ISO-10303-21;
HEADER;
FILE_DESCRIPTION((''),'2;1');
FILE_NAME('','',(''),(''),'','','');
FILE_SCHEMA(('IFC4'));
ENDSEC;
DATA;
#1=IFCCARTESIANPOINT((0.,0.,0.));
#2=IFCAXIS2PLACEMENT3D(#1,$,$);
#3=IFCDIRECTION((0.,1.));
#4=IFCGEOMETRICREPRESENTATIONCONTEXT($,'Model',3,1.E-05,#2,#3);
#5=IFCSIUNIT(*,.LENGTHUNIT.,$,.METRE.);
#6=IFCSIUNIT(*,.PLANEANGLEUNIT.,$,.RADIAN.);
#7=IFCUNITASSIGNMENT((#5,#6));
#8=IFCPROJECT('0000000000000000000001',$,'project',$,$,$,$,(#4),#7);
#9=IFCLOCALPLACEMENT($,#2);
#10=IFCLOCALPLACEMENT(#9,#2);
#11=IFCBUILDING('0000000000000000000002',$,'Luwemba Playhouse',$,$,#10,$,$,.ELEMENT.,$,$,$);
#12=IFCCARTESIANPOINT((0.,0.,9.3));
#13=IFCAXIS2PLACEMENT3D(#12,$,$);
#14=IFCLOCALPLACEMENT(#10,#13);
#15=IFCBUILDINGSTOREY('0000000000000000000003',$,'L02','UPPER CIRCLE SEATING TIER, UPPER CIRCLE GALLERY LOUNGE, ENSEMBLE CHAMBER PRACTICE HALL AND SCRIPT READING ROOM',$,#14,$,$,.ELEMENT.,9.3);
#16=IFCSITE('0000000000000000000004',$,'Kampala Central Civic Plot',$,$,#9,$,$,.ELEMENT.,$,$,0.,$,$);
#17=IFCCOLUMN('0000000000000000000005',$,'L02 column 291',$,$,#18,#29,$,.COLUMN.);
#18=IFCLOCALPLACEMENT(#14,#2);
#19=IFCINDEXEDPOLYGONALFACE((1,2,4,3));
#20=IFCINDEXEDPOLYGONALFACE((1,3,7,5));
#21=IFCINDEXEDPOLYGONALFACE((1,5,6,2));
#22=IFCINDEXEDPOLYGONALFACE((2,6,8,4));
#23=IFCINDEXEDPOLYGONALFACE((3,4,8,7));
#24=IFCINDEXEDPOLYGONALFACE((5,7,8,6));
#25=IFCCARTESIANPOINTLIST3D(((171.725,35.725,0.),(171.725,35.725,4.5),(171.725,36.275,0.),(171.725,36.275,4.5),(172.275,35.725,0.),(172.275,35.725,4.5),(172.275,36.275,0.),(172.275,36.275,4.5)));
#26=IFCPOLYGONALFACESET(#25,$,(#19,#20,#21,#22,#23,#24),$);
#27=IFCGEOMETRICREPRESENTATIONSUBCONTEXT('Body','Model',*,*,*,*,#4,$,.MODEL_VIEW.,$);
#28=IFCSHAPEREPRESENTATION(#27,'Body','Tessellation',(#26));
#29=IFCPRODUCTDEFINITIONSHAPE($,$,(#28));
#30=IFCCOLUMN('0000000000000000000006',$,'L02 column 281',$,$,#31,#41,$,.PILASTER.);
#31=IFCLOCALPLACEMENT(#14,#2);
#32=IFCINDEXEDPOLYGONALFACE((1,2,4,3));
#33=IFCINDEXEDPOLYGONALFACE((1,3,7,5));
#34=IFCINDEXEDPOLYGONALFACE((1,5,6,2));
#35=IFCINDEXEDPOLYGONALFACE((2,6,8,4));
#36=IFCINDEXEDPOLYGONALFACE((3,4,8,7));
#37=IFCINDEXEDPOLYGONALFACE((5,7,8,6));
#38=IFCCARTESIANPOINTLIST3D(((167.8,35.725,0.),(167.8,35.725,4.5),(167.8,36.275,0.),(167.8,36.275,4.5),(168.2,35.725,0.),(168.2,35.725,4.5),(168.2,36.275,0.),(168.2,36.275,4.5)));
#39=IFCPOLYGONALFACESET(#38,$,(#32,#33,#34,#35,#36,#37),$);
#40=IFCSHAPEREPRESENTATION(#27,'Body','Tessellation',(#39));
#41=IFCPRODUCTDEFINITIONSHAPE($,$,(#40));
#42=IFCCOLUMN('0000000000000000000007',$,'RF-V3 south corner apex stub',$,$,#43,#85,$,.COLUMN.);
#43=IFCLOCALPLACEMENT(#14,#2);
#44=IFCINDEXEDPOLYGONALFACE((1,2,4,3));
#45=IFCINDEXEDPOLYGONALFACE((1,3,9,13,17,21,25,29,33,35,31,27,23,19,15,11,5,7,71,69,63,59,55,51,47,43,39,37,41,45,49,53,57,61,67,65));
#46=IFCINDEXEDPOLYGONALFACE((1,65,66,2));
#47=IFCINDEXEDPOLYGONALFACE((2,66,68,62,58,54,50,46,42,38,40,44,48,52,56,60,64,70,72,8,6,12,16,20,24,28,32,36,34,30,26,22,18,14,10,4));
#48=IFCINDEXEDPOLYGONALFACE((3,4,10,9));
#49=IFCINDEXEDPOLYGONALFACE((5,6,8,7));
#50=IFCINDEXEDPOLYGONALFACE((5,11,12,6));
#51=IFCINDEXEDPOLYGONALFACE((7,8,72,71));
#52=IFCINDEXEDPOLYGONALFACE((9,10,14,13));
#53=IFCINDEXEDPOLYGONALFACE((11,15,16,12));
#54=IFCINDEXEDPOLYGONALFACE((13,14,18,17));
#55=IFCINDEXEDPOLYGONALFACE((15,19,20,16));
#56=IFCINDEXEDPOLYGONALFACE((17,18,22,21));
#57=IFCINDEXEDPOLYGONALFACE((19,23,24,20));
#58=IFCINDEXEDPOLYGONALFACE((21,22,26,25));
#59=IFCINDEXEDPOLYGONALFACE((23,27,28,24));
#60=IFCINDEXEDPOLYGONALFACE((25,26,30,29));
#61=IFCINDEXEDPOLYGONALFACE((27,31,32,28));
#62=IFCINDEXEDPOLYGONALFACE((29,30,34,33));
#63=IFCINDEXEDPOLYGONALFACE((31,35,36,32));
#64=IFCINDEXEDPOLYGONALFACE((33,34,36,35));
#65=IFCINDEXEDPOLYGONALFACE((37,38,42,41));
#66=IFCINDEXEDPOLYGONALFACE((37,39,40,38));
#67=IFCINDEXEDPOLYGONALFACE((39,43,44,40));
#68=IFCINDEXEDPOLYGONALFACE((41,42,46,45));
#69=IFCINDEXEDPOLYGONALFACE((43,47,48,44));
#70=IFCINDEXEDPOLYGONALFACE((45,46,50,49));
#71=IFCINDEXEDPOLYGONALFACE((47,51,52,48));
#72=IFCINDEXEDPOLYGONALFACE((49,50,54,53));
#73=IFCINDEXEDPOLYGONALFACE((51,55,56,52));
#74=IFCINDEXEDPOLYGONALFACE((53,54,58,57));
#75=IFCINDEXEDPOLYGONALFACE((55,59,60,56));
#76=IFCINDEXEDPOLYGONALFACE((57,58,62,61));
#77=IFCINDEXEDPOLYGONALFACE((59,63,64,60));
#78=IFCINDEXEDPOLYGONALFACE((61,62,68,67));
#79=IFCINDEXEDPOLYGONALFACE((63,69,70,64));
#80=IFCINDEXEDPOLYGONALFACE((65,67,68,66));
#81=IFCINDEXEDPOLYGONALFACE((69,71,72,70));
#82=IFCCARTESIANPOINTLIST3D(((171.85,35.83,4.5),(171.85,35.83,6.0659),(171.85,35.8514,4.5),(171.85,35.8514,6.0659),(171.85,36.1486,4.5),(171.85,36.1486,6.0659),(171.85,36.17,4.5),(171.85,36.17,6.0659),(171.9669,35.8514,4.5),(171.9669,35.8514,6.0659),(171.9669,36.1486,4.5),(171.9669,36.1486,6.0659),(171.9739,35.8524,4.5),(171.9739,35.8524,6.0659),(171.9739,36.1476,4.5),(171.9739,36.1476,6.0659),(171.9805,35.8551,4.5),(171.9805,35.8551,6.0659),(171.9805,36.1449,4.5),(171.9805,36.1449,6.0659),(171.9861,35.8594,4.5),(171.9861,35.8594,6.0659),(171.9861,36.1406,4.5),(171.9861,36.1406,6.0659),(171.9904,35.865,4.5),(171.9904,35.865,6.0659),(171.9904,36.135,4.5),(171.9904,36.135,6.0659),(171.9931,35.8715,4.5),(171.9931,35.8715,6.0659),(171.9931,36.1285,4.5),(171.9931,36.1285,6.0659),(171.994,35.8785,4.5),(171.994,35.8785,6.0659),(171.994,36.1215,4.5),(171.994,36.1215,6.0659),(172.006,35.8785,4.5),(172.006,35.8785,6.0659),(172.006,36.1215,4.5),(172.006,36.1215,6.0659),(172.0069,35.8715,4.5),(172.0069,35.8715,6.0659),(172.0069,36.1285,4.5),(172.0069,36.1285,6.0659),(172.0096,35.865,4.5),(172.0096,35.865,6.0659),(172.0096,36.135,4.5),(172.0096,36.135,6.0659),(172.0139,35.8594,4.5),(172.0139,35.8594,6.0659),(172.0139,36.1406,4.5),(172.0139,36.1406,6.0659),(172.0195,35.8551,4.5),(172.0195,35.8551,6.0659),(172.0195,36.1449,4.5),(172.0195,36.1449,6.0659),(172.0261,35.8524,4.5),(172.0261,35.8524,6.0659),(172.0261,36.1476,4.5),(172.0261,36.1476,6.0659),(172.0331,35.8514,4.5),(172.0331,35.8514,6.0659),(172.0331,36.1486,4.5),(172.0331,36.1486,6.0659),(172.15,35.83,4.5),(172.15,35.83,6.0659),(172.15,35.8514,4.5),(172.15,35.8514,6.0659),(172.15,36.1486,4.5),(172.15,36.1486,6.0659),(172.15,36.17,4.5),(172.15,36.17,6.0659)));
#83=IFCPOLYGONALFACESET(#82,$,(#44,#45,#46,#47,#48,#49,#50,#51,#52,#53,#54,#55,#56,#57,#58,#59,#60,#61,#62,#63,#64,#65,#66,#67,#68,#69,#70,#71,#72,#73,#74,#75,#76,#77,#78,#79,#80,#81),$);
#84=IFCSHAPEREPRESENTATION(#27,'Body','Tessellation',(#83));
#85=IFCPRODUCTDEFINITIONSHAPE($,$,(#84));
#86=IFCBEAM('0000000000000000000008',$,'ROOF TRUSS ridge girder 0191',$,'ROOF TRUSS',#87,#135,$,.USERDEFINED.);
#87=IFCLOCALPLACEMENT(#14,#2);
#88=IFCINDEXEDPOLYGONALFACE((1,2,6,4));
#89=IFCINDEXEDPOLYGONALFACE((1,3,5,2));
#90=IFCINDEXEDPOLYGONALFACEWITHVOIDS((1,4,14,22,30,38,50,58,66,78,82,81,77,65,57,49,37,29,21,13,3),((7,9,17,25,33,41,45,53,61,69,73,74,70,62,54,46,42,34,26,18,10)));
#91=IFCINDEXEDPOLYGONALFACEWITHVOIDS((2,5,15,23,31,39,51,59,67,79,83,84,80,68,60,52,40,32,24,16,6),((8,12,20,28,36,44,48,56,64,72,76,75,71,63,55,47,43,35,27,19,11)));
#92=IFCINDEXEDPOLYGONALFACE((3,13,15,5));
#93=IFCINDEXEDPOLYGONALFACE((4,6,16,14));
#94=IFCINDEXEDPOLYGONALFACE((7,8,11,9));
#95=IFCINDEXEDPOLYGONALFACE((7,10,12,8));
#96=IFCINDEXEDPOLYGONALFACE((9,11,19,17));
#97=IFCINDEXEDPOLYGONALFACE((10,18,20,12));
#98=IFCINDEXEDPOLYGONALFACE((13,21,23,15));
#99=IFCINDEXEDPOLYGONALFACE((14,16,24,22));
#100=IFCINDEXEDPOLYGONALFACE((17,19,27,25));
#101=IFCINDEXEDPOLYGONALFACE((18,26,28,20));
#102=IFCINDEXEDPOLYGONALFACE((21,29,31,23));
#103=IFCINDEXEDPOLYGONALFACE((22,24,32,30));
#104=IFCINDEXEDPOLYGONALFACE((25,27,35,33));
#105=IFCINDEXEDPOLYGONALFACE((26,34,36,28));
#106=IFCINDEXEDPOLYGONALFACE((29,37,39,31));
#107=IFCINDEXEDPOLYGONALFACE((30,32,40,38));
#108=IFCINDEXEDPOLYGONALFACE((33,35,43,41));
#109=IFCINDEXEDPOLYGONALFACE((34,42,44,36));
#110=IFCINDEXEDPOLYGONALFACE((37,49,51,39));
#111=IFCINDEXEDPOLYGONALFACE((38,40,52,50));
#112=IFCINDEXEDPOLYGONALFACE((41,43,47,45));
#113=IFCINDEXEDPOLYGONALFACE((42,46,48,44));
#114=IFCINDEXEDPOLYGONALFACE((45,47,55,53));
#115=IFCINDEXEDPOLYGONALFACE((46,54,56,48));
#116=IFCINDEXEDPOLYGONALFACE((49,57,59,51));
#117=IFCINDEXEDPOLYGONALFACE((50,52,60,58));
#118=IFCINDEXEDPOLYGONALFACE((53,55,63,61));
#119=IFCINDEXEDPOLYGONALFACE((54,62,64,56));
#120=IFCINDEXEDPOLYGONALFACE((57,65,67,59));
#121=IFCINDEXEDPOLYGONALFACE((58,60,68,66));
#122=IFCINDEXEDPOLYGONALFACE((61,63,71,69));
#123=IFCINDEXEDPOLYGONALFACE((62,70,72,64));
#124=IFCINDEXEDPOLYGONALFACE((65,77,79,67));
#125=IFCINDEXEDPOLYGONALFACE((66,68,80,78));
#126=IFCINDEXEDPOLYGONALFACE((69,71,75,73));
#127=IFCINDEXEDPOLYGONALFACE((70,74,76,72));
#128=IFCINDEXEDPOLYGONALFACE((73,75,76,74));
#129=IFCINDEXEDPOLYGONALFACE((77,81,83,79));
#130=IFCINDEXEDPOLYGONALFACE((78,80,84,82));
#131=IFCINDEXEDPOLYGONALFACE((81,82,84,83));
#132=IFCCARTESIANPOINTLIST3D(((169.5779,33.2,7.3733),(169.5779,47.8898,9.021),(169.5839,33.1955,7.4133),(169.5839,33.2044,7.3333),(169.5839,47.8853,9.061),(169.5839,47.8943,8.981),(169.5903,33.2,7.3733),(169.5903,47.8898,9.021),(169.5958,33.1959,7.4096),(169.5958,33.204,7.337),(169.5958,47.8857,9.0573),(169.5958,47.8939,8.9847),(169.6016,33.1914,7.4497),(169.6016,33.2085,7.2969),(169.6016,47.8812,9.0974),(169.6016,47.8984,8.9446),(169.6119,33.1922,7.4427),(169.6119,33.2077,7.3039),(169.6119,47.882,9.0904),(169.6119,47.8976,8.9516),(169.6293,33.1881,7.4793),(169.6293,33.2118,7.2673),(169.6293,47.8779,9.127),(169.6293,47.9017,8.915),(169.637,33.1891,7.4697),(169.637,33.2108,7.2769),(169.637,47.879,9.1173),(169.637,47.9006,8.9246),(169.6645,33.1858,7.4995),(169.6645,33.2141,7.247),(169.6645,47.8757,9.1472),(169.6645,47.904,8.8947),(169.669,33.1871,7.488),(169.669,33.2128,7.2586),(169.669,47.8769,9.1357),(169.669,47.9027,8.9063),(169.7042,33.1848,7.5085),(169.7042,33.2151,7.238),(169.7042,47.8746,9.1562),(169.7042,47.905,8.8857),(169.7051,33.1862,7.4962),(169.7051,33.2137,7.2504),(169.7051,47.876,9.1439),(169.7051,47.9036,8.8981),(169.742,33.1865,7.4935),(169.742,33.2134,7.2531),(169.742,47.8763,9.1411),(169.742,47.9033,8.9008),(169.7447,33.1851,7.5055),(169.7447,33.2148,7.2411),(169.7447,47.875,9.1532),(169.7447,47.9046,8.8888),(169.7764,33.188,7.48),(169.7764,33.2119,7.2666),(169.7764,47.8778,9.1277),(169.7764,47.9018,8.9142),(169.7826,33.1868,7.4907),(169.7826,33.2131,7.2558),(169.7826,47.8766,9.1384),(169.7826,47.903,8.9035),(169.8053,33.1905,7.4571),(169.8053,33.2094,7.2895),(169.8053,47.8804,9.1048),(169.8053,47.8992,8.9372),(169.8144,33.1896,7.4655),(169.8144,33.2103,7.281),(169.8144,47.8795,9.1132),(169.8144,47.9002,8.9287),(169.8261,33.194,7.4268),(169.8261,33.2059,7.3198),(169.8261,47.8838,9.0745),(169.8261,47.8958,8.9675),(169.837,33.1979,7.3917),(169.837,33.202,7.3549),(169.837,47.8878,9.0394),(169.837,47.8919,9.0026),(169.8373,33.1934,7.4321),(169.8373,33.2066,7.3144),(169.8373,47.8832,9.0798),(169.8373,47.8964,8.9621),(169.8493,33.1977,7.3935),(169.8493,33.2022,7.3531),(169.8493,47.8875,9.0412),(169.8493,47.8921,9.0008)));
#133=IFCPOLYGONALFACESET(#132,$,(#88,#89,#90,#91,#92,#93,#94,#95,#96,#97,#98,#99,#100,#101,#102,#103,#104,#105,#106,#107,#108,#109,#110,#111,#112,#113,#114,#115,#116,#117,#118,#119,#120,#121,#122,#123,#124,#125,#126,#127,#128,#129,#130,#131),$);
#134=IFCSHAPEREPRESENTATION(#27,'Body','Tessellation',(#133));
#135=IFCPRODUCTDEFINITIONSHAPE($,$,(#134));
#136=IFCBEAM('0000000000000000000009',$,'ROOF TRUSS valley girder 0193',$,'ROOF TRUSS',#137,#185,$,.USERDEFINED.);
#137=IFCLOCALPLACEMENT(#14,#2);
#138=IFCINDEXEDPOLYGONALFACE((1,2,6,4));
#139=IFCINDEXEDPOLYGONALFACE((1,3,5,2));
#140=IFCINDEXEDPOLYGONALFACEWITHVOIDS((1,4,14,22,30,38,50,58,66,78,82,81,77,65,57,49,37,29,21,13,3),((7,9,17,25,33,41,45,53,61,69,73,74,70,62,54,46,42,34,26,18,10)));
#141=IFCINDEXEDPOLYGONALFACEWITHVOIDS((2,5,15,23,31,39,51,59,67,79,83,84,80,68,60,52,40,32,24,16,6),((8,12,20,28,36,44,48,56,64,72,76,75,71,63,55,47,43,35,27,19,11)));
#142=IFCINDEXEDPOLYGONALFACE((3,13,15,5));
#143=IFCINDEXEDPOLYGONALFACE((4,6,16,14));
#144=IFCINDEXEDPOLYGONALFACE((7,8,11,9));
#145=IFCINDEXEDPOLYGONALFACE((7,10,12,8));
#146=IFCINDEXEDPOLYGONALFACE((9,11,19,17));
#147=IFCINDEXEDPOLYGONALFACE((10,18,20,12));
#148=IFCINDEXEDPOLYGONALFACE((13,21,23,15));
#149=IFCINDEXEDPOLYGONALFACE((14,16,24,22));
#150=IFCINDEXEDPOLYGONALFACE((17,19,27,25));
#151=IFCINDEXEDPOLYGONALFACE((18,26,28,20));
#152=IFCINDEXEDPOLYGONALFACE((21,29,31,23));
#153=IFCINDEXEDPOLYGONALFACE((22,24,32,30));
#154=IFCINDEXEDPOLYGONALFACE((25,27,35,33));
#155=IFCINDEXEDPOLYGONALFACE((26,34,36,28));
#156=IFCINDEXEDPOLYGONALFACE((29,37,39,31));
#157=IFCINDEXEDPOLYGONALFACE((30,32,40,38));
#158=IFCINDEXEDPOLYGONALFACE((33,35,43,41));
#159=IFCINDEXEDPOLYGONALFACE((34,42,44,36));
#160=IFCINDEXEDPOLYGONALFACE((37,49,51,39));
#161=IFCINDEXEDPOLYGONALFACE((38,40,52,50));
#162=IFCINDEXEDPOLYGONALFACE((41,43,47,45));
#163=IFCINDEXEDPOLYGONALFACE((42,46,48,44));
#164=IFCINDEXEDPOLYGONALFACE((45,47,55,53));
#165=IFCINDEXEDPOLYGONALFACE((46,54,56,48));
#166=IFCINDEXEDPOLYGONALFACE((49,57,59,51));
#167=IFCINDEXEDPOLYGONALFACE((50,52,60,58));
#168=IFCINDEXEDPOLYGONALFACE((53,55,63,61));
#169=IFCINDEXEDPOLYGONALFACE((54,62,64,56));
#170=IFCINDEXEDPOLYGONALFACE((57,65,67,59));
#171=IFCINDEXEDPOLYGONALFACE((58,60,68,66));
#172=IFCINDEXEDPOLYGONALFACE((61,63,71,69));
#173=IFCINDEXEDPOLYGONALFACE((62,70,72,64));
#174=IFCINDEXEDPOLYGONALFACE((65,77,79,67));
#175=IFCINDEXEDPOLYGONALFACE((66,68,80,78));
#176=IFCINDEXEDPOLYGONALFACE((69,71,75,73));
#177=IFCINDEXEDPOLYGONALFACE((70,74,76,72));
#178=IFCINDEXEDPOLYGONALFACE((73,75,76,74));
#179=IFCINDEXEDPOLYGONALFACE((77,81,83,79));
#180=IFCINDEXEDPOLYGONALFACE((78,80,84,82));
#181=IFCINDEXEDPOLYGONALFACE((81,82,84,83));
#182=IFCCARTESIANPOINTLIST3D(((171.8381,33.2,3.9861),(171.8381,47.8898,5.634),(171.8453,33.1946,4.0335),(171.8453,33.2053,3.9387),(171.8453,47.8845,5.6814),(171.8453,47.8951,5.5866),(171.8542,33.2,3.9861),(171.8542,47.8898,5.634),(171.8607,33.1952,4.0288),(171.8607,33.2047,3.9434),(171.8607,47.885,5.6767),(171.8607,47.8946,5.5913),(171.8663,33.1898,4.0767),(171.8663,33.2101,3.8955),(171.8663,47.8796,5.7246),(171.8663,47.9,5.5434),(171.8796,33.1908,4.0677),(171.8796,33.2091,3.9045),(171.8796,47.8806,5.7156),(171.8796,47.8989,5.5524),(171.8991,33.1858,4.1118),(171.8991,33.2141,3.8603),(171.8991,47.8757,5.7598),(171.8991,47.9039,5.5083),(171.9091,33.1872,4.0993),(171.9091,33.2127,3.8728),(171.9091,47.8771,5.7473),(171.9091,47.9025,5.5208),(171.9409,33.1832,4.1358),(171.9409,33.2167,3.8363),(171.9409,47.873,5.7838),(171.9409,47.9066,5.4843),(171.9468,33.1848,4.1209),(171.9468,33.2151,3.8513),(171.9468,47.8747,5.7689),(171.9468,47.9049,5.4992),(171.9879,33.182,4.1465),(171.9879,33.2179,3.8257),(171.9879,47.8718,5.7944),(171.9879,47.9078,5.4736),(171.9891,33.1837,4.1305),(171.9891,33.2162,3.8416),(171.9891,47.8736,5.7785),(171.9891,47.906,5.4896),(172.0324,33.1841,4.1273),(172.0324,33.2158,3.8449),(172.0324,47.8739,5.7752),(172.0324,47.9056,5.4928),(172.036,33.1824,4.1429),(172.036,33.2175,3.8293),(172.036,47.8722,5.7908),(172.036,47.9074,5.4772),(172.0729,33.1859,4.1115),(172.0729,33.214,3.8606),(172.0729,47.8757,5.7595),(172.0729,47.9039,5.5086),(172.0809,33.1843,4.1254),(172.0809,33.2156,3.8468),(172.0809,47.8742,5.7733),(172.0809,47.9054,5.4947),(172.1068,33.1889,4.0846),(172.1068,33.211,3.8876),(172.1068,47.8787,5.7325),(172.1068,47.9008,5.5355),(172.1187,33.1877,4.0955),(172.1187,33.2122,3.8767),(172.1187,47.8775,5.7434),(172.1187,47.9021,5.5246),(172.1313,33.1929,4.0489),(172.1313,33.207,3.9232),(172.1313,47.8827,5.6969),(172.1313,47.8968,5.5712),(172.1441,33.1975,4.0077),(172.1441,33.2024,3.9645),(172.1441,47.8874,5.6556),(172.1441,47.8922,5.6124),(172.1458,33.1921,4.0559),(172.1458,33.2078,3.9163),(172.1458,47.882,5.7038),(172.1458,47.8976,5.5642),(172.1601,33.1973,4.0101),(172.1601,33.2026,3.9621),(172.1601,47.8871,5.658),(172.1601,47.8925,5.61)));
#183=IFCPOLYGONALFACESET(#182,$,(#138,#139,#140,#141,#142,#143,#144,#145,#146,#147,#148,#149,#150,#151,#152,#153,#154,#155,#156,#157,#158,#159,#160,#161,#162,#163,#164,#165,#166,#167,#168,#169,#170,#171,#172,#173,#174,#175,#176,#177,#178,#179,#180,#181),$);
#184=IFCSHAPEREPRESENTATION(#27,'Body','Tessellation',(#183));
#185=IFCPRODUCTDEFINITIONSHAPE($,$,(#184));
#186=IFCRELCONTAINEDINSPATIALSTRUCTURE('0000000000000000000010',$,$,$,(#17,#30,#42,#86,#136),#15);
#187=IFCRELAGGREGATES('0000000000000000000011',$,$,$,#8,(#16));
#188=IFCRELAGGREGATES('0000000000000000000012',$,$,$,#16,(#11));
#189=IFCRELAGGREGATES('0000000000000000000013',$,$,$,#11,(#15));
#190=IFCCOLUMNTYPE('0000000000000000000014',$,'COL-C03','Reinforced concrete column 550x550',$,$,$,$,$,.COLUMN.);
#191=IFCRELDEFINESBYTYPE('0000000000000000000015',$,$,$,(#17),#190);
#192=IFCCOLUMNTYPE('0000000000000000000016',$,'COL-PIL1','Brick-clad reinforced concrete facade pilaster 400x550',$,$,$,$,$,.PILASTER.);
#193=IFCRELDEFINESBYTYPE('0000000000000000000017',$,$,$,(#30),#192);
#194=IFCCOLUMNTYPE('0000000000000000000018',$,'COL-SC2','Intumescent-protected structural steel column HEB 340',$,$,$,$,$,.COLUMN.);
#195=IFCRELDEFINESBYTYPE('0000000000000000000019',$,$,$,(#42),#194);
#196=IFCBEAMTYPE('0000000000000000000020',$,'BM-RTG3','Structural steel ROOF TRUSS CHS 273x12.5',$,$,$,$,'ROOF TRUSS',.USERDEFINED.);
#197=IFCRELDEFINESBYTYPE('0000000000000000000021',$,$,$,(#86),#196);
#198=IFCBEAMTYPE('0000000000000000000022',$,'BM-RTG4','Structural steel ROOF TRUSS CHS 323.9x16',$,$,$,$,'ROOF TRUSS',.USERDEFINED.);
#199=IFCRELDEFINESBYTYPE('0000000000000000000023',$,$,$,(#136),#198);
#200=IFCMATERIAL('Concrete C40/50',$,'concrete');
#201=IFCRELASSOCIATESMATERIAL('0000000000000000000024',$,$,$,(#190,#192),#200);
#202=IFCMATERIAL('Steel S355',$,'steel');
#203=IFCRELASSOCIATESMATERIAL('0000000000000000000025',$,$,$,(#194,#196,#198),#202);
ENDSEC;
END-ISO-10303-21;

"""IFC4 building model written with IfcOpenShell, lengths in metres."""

from ifc_helpers import new_model, si_unit, direction, frame, origin, origin_2d, place, context, subcontext, project, spatial, rectangle, hollow_circle, i_section, extrude, material, material_profile, profile_set, type_object, element, save


model = new_model("IFC4")

# Units and contexts
model_context = context("Model", 3, precision=1e-05, world=origin(), true_north=direction((0.0, 1.0)))
body_context = subcontext(model_context, "Body", "Model", "MODEL_VIEW")
ifc_project = project(units=[si_unit("LENGTHUNIT", "METRE"), si_unit("PLANEANGLEUNIT", "RADIAN")], contexts=[model_context])

# Site, building, storey
site_placement = place(None, origin())
site = spatial("IfcSite", under=ifc_project, at=site_placement, Name="Kampala Central Civic Plot", CompositionType="ELEMENT", RefElevation=0.0)
building_placement = place(site_placement, origin())
building = spatial("IfcBuilding", under=site, at=building_placement, Name="Luwemba Playhouse", CompositionType="ELEMENT")
storey_placement = place(building_placement, frame((0.0, 0.0, 9.3)))
storey = spatial("IfcBuildingStorey", under=building, at=storey_placement, Name="L02", Description="UPPER CIRCLE SEATING TIER, UPPER CIRCLE GALLERY LOUNGE, ENSEMBLE CHAMBER PRACTICE HALL AND SCRIPT READING ROOM", CompositionType="ELEMENT", Elevation=9.3)

# Columns
ifc_material_1 = material(Name="Concrete C40/50", Category="concrete")
ifc_material_profile_1 = material_profile(ifc_material_1, rectangle(XDim=0.55, YDim=0.55, at=origin_2d()))
ifc_profile_set_1 = profile_set([ifc_material_profile_1], Name="Concrete C40/50")
column_type_1 = type_object("IfcColumnType", Name="COL-C03", Description="Reinforced concrete column 550x550", PredefinedType="COLUMN", material=ifc_profile_set_1)
column_1_placement = place(storey_placement, frame((172.0, 36.0, 0.0), z_axis=(0.0, 0.0, 1.0), x_axis=(1.0, 0.0, 0.0)))
element("IfcColumn", 1, at=column_1_placement, inside=storey, type_object=column_type_1, Name="L02 column 291", PredefinedType="COLUMN", context=body_context, shape_type="SweptSolid", body=[
    extrude(rectangle(XDim=0.55, YDim=0.55, at=origin_2d()), origin(), (0.0, 0.0, 1.0), 4.5),
])
ifc_material_profile_2 = material_profile(ifc_material_1, rectangle(XDim=0.3999, YDim=0.55, at=origin_2d()))
ifc_profile_set_2 = profile_set([ifc_material_profile_2], Name="Concrete C40/50")
column_type_2 = type_object("IfcColumnType", Name="COL-PIL1", Description="Brick-clad reinforced concrete facade pilaster 400x550", PredefinedType="PILASTER", material=ifc_profile_set_2)
column_2_placement = place(storey_placement, frame((168.0, 36.0, 0.0), z_axis=(0.0, 0.0, 1.0), x_axis=(1.0, 0.0, 0.0)))
element("IfcColumn", 2, at=column_2_placement, inside=storey, type_object=column_type_2, Name="L02 column 281", PredefinedType="PILASTER", context=body_context, shape_type="SweptSolid", body=[
    extrude(rectangle(XDim=0.3999, YDim=0.55, at=origin_2d()), origin(), (0.0, 0.0, 1.0), 4.5),
])
ifc_material_2 = material(Name="Steel S355", Category="steel")
ifc_material_profile_3 = material_profile(ifc_material_2, i_section(OverallWidth=0.3, OverallDepth=0.3401, WebThickness=0.012, FlangeThickness=0.0215, FilletRadius=0.0271, at=origin_2d()))
ifc_profile_set_3 = profile_set([ifc_material_profile_3], Name="Steel S355")
column_type_3 = type_object("IfcColumnType", Name="COL-SC2", Description="Intumescent-protected structural steel column HEB 340", PredefinedType="COLUMN", material=ifc_profile_set_3)
column_3_placement = place(storey_placement, frame((172.0, 36.0, 4.5), z_axis=(0.0, 0.0, 1.0), x_axis=(1.0, 0.0, 0.0)))
element("IfcColumn", 3, at=column_3_placement, inside=storey, type_object=column_type_3, Name="RF-V3 south corner apex stub", PredefinedType="COLUMN", context=body_context, shape_type="SweptSolid", body=[
    extrude(i_section(OverallWidth=0.3, OverallDepth=0.3401, WebThickness=0.012, FlangeThickness=0.0215, FilletRadius=0.0271, at=origin_2d()), origin(), (0.0, 0.0, 1.0), 1.5659),
])

# Beams
ifc_material_profile_4 = material_profile(ifc_material_2, hollow_circle(Radius=0.1365, WallThickness=0.0125, at=origin_2d()))
ifc_profile_set_4 = profile_set([ifc_material_profile_4], Name="Steel S355")
beam_type_1 = type_object("IfcBeamType", Name="BM-RTG3", Description="Structural steel ROOF TRUSS CHS 273x12.5", ElementType="ROOF TRUSS", PredefinedType="USERDEFINED", material=ifc_profile_set_4)
beam_1_placement = place(storey_placement, frame((169.7144, 33.2, 7.3733), z_axis=(0.0, 0.993768, 0.111467), x_axis=(-1.0, 0.0, 0.0)))
element("IfcBeam", 4, at=beam_1_placement, inside=storey, type_object=beam_type_1, Name="ROOF TRUSS ridge girder 0191", ObjectType="ROOF TRUSS", PredefinedType="USERDEFINED", context=body_context, shape_type="SweptSolid", body=[
    extrude(hollow_circle(Radius=0.1365, WallThickness=0.0125, at=origin_2d()), origin(), (0.0, 0.0, 1.0), 14.782),
])
ifc_material_profile_5 = material_profile(ifc_material_2, hollow_circle(Radius=0.1619, WallThickness=0.0161, at=origin_2d()))
ifc_profile_set_5 = profile_set([ifc_material_profile_5], Name="Steel S355")
beam_type_2 = type_object("IfcBeamType", Name="BM-RTG4", Description="Structural steel ROOF TRUSS CHS 323.9x16", ElementType="ROOF TRUSS", PredefinedType="USERDEFINED", material=ifc_profile_set_5)
beam_2_placement = place(storey_placement, frame((172.0, 33.2, 3.9861), z_axis=(0.0, 0.993766, 0.111483), x_axis=(-1.0, 0.0, 0.0)))
element("IfcBeam", 5, at=beam_2_placement, inside=storey, type_object=beam_type_2, Name="ROOF TRUSS valley girder 0193", ObjectType="ROOF TRUSS", PredefinedType="USERDEFINED", context=body_context, shape_type="SweptSolid", body=[
    extrude(hollow_circle(Radius=0.1619, WallThickness=0.0161, at=origin_2d()), origin(), (0.0, 0.0, 1.0), 14.782),
])

save(model, "model.ifc")
